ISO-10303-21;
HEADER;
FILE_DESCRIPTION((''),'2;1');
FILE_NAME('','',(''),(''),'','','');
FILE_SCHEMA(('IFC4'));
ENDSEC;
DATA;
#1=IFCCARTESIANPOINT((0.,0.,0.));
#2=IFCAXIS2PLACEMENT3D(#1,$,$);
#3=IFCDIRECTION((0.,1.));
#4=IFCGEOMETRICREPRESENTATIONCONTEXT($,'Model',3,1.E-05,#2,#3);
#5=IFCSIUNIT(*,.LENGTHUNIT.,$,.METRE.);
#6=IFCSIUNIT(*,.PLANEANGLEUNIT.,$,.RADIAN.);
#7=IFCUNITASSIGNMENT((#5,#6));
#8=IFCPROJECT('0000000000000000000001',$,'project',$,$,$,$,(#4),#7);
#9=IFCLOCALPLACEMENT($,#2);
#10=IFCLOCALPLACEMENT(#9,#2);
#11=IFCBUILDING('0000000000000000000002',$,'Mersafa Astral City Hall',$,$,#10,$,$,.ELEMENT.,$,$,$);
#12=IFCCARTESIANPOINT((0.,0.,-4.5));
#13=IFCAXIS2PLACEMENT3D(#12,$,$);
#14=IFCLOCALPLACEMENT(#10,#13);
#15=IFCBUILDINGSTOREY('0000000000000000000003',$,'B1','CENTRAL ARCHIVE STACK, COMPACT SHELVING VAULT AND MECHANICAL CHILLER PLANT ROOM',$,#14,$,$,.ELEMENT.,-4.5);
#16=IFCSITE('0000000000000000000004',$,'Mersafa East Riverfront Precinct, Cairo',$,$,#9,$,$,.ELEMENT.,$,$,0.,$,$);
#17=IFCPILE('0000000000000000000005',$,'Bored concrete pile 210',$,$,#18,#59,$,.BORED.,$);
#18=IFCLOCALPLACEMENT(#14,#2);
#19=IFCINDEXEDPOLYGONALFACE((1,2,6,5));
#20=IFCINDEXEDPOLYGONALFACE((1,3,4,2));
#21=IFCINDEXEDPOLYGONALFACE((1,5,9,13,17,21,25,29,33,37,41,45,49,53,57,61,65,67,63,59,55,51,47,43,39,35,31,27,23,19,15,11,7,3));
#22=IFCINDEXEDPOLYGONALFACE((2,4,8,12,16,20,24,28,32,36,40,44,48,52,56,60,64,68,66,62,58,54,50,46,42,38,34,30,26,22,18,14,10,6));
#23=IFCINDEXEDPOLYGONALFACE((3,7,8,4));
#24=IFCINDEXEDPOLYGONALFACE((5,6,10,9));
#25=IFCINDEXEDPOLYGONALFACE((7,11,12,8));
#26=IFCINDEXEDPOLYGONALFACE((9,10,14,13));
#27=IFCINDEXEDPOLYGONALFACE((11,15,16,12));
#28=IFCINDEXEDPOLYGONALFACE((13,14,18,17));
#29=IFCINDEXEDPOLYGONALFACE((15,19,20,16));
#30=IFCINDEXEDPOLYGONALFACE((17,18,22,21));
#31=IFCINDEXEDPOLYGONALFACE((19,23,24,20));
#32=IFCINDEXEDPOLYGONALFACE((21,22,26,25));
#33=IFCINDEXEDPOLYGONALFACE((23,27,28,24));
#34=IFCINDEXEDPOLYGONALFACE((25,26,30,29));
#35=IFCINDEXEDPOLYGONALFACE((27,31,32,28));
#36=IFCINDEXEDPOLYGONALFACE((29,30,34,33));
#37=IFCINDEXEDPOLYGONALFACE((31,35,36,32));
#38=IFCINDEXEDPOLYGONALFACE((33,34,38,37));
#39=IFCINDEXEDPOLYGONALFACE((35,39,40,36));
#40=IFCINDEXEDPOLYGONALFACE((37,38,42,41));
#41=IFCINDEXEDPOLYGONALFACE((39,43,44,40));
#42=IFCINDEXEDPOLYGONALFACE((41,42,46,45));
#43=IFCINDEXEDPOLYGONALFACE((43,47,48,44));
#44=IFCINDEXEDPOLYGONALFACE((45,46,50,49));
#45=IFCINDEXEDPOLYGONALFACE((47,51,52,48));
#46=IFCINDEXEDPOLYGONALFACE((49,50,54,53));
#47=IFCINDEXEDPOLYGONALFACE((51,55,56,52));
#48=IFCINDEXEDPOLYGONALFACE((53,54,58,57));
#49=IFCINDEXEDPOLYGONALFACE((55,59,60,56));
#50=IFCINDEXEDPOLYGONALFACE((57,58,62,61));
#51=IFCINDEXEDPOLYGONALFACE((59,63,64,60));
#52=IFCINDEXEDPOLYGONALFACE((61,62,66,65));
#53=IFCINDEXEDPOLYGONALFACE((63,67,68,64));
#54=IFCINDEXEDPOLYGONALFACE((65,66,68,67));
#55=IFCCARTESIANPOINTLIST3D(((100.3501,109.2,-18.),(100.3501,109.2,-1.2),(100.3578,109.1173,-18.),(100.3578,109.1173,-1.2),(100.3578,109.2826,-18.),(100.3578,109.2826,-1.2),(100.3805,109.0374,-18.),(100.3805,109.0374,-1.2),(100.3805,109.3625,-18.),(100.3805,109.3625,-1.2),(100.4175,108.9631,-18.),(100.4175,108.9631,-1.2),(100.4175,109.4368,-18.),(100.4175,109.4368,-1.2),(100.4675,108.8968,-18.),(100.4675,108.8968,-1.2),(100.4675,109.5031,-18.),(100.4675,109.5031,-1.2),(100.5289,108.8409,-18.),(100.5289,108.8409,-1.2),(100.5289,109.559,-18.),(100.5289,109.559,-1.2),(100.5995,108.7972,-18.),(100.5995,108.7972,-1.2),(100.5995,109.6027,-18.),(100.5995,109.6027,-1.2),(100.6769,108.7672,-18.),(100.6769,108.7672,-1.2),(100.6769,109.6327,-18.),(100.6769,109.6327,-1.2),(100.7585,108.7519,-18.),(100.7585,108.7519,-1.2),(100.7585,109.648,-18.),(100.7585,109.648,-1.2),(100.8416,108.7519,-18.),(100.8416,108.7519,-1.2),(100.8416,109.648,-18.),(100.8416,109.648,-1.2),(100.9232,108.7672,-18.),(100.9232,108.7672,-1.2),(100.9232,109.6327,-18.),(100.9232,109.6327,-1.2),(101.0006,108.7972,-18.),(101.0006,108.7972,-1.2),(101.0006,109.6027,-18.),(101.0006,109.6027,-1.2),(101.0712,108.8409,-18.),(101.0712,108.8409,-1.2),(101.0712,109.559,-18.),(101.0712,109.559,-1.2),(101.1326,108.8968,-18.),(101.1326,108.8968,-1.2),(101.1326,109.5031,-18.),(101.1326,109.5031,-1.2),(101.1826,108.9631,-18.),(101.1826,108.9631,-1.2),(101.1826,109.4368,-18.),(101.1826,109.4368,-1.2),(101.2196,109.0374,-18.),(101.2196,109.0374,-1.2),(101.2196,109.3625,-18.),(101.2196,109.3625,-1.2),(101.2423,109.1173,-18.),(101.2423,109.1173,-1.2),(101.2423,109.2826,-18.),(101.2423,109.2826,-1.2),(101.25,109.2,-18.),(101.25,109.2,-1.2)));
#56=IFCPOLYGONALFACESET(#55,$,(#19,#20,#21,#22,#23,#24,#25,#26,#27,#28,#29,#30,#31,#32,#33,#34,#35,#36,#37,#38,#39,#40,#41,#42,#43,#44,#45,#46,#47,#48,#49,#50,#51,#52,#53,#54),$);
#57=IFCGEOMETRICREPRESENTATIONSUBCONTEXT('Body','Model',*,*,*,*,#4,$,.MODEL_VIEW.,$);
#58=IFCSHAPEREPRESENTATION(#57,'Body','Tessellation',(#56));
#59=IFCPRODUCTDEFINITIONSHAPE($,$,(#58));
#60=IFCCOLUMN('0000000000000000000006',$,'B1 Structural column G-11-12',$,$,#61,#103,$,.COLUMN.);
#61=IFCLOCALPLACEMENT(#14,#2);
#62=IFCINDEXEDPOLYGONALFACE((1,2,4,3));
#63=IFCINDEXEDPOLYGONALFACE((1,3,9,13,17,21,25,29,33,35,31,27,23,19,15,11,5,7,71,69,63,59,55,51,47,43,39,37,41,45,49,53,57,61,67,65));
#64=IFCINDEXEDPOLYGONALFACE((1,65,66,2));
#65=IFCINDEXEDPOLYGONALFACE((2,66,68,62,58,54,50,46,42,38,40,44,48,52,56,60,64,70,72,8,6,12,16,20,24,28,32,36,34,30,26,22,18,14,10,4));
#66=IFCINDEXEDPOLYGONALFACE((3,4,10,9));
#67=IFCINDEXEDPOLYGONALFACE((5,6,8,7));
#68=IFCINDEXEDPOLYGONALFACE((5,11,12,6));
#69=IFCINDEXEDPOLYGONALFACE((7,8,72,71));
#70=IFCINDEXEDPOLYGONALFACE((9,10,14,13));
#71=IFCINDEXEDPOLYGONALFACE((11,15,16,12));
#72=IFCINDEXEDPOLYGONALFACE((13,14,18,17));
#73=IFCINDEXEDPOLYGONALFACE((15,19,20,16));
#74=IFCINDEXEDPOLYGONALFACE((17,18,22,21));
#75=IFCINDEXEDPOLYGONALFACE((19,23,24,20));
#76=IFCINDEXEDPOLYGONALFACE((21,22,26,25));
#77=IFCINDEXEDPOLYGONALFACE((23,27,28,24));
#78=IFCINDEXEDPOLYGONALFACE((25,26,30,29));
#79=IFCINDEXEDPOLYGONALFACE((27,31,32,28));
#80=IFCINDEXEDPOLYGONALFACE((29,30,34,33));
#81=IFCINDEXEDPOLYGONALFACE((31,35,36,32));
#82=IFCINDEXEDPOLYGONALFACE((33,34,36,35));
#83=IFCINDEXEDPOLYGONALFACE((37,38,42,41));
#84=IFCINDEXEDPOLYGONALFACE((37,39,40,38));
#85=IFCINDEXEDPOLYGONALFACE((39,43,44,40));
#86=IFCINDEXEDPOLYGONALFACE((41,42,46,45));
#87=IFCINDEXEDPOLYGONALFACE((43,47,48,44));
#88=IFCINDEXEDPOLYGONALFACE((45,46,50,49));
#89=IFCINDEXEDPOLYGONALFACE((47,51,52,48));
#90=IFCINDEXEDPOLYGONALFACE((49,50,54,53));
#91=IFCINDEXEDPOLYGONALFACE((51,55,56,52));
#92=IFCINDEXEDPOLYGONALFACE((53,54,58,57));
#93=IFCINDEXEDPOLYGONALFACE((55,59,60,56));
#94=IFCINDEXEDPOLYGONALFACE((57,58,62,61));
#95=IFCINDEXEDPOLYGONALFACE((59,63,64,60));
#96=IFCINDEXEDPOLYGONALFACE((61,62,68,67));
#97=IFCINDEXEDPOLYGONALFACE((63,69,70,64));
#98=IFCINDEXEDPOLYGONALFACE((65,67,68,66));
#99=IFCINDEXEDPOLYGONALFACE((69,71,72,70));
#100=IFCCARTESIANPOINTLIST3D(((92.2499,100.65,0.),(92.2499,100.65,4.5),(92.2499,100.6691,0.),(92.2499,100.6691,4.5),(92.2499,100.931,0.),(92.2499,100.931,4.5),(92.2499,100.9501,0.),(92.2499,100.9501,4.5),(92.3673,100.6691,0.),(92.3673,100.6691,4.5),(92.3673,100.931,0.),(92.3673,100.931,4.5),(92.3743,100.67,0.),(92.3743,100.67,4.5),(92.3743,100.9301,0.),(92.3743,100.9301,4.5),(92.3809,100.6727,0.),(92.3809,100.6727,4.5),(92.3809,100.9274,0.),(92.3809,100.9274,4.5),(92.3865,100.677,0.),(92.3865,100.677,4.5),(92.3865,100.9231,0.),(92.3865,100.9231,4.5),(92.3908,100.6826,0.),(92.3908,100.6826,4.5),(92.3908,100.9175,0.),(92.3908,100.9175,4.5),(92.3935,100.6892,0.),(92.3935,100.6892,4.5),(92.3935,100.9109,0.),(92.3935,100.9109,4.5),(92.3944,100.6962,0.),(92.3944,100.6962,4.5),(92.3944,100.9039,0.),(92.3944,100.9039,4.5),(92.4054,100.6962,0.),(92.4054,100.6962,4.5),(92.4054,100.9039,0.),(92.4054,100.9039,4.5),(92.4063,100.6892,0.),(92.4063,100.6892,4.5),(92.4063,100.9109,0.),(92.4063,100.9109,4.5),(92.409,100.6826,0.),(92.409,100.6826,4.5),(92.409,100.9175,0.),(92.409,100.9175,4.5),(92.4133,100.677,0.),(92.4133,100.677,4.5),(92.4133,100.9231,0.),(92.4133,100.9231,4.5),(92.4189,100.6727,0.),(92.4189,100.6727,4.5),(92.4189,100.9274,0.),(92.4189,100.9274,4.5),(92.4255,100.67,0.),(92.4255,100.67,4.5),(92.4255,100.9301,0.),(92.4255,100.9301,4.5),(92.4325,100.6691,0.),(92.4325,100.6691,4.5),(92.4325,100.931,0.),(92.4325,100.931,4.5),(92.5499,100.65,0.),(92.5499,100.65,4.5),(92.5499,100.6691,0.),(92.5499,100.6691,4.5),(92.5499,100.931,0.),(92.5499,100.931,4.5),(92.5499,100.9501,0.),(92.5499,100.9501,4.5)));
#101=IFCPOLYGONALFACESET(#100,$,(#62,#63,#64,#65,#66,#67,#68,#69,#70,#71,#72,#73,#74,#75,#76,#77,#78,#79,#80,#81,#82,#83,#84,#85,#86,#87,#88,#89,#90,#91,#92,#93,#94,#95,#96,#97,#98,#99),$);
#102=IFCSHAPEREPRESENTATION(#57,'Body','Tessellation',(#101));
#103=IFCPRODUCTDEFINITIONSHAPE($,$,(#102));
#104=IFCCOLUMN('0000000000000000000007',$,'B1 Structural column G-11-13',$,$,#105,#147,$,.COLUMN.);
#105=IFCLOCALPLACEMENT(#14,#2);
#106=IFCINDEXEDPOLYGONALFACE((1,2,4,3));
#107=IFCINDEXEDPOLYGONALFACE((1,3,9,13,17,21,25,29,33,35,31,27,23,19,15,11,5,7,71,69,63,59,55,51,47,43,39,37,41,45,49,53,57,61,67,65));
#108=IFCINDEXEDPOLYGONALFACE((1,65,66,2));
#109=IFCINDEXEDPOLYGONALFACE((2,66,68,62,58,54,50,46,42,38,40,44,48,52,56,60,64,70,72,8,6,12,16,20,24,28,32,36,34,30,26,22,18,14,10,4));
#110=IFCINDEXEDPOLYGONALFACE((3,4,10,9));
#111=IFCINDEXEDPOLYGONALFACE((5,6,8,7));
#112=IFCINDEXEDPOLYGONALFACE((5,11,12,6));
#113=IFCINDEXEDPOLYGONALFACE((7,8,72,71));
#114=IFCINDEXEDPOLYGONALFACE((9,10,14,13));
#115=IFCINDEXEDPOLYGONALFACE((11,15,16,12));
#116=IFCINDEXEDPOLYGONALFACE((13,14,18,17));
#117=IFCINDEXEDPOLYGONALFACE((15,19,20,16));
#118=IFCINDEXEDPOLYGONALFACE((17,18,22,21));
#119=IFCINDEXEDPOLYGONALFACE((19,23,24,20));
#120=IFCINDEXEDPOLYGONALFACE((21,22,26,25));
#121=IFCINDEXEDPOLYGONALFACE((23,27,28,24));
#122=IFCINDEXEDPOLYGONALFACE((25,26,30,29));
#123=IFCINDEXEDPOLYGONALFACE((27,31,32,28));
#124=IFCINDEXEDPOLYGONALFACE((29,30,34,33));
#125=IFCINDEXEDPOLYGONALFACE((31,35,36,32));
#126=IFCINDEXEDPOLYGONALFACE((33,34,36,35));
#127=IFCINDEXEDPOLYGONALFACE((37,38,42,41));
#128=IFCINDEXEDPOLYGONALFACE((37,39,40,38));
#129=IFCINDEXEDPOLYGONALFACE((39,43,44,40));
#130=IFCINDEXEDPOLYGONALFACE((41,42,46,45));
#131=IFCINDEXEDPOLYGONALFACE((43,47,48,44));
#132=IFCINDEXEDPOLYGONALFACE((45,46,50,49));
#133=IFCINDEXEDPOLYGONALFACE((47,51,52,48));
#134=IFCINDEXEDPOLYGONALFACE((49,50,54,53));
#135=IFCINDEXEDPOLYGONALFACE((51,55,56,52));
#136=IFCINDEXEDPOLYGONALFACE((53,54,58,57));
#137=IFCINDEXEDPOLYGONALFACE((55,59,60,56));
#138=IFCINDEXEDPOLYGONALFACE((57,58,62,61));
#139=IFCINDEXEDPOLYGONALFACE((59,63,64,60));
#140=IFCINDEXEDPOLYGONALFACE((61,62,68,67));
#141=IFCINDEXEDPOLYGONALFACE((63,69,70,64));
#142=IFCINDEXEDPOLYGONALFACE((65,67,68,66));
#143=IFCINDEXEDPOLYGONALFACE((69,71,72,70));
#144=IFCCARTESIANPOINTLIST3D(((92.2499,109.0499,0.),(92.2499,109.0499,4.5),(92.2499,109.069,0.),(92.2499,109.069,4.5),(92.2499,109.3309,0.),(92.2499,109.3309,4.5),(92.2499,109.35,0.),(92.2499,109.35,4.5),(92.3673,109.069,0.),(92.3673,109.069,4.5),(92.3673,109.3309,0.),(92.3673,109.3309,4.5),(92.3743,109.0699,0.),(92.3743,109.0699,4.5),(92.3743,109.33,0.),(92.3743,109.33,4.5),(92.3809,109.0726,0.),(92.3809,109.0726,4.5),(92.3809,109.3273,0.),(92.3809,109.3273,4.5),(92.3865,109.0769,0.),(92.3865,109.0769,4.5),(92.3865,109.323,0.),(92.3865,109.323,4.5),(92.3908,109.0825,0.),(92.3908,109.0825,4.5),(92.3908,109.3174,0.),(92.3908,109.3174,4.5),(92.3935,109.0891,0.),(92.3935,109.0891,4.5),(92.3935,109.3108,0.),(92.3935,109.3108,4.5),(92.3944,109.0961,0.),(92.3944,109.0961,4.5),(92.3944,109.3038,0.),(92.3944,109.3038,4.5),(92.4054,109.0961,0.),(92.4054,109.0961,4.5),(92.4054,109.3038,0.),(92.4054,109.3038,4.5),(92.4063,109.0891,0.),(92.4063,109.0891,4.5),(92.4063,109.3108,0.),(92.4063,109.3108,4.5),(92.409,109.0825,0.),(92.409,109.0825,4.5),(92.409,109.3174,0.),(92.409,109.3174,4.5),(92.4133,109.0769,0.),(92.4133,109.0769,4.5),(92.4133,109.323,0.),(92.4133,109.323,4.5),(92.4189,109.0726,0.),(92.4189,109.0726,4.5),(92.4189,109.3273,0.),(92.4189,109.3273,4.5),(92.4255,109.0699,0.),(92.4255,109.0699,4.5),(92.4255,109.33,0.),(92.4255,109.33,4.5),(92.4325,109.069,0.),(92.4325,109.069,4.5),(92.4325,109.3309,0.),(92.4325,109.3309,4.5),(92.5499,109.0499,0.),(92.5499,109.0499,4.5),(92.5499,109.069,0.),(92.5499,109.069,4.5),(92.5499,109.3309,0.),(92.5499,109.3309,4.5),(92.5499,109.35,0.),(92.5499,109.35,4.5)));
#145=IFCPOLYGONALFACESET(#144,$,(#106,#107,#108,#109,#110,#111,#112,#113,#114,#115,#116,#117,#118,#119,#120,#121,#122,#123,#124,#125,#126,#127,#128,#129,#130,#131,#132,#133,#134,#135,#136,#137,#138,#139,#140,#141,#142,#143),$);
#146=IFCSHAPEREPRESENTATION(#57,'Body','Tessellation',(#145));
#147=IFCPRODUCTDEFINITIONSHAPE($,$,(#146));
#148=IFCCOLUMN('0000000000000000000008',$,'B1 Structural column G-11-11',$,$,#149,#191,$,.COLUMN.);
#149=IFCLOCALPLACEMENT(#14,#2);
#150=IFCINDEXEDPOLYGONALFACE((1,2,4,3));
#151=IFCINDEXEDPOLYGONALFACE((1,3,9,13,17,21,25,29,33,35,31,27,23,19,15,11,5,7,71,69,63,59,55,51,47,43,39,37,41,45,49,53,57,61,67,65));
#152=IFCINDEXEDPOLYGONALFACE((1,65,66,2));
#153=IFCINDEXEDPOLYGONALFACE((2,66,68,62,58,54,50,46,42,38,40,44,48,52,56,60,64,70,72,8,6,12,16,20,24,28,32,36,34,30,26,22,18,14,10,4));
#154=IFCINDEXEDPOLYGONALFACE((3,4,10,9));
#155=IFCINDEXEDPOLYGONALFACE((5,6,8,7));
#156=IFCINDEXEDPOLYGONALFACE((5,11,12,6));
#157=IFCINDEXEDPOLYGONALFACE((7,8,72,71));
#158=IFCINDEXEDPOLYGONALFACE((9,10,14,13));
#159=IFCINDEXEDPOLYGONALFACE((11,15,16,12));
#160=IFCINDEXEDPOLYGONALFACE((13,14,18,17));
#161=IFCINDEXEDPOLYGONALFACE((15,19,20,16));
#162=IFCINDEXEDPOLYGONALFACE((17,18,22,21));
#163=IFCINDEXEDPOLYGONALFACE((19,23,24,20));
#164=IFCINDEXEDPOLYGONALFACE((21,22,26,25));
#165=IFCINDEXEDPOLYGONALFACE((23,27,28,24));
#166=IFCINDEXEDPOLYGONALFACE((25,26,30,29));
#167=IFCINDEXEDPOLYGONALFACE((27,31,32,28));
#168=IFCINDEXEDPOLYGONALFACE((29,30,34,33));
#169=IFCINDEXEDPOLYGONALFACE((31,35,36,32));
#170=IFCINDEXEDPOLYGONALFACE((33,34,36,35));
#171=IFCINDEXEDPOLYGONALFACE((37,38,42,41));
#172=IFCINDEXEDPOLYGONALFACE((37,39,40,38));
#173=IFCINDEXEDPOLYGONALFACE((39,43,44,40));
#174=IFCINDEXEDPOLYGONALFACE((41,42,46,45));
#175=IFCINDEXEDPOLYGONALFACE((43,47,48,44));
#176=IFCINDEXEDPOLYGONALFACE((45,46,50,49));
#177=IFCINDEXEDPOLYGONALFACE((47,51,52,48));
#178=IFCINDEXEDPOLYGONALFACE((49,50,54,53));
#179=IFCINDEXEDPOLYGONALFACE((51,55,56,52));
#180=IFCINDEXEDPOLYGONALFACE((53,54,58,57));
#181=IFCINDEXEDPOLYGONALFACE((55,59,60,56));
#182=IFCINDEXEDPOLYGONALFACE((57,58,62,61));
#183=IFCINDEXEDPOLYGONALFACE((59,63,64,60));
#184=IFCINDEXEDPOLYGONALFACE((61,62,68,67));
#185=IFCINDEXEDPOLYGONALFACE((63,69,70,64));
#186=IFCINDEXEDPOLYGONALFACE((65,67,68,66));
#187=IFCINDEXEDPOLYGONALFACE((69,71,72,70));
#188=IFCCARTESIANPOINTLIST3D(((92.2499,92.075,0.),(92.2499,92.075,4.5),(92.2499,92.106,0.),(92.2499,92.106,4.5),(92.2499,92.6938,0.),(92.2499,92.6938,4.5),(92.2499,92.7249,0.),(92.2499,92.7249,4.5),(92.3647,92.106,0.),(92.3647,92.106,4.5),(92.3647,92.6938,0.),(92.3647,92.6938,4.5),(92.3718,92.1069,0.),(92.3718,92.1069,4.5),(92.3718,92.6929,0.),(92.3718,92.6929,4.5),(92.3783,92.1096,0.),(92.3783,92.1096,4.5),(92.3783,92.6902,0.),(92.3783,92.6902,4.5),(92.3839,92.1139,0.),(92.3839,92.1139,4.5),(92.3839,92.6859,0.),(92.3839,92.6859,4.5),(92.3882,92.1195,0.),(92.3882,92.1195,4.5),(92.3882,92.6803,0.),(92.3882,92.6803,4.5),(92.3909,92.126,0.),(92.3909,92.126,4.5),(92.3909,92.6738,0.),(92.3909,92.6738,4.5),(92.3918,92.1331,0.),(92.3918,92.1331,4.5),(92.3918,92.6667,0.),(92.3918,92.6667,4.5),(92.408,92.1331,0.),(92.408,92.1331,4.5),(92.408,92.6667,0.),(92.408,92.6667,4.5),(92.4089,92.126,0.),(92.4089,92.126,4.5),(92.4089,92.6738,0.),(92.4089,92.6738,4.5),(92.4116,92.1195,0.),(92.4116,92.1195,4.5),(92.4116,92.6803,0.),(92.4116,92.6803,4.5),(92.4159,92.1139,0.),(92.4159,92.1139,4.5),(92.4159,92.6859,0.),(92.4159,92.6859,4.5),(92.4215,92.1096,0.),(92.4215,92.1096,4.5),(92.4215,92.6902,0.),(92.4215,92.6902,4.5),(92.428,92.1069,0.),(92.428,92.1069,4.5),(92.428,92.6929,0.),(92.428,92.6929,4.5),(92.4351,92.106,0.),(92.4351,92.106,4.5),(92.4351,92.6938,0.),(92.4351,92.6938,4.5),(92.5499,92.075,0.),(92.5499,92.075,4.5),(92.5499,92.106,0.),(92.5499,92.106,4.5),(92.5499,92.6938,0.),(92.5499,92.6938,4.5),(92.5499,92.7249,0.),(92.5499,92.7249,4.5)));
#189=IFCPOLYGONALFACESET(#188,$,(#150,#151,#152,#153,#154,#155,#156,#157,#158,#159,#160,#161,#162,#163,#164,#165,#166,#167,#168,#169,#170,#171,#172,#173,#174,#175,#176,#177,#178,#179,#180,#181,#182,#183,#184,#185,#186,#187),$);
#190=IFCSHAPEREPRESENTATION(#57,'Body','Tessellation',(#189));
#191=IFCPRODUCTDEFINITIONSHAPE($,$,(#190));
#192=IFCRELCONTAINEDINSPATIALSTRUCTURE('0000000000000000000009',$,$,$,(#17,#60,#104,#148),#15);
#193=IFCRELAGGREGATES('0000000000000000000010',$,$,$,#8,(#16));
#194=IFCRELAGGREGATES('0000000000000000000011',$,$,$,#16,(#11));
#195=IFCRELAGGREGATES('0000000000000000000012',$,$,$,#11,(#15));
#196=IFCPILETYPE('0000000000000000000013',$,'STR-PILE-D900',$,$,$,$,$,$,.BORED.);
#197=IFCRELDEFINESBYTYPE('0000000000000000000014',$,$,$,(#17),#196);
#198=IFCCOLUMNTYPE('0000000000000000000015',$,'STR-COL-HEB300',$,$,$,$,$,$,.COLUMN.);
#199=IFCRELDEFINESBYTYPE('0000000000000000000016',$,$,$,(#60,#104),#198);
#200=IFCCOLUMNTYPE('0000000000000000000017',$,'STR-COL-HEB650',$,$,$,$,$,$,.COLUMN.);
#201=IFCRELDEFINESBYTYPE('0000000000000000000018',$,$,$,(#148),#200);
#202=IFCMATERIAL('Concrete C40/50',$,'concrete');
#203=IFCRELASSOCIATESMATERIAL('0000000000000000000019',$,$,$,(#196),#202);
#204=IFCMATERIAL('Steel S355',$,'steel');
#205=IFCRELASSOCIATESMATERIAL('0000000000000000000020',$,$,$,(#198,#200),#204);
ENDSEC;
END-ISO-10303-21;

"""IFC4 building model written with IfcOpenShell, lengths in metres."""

from ifc_helpers import new_model, si_unit, direction, frame, origin, origin_2d, place, context, subcontext, project, spatial, circle, i_section, extrude, material, material_profile, profile_set, type_object, element, save


model = new_model("IFC4")

# Units and contexts
model_context = context("Model", 3, precision=1e-05, world=origin(), true_north=direction((0.0, 1.0)))
body_context = subcontext(model_context, "Body", "Model", "MODEL_VIEW")
ifc_project = project(units=[si_unit("LENGTHUNIT", "METRE"), si_unit("PLANEANGLEUNIT", "RADIAN")], contexts=[model_context])

# Site, building, storey
site_placement = place(None, origin())
site = spatial("IfcSite", under=ifc_project, at=site_placement, Name="Mersafa East Riverfront Precinct, Cairo", CompositionType="ELEMENT", RefElevation=0.0)
building_placement = place(site_placement, origin())
building = spatial("IfcBuilding", under=site, at=building_placement, Name="Mersafa Astral City Hall", CompositionType="ELEMENT")
storey_placement = place(building_placement, frame((0.0, 0.0, -4.5)))
storey = spatial("IfcBuildingStorey", under=building, at=storey_placement, Name="B1", Description="CENTRAL ARCHIVE STACK, COMPACT SHELVING VAULT AND MECHANICAL CHILLER PLANT ROOM", CompositionType="ELEMENT", Elevation=-4.5)

# Shared definitions
ifc_material_1 = material(Name="Concrete C40/50", Category="concrete")

# Pile
ifc_material_profile_1 = material_profile(ifc_material_1, circle(Radius=0.45, at=origin_2d()), Name="PILE D900")
ifc_profile_set_1 = profile_set([ifc_material_profile_1], Name="Concrete C40/50")
pile_type_1 = type_object("IfcPileType", Name="STR-PILE-D900", PredefinedType="BORED", material=ifc_profile_set_1)
for number, where, z_axis, x_axis, name in (
    (1, (100.8, 109.2, -1.2), (0.0, 0.0, -1.0), (1.0, 0.0, 0.0), "Bored concrete pile 210"),
):
    element("IfcPile", number, at=place(storey_placement, frame(where, z_axis=z_axis, x_axis=x_axis)), inside=storey, type_object=pile_type_1, Name=name, PredefinedType="BORED", context=body_context, shape_type="SweptSolid", body=[
        extrude(circle(Radius=0.45, at=origin_2d()), origin(), (0.0, 0.0, 1.0), 16.8),
    ])

# Columns
ifc_material_2 = material(Name="Steel S355", Category="steel")
ifc_material_profile_2 = material_profile(ifc_material_2, i_section(OverallWidth=0.3, OverallDepth=0.3, WebThickness=0.011, FlangeThickness=0.019, FilletRadius=0.0271, at=origin_2d()), Name="HEB 300")
ifc_profile_set_2 = profile_set([ifc_material_profile_2], Name="Steel S355")
column_type_1 = type_object("IfcColumnType", Name="STR-COL-HEB300", PredefinedType="COLUMN", material=ifc_profile_set_2)
for number, where, z_axis, x_axis, name in (
    (2, (92.3999, 100.8, 0.0), (0.0, 0.0, 1.0), (1.0, 0.0, 0.0), "B1 Structural column G-11-12"),
    (3, (92.3999, 109.2, 0.0), (0.0, 0.0, 1.0), (1.0, 0.0, 0.0), "B1 Structural column G-11-13"),
):
    element("IfcColumn", number, at=place(storey_placement, frame(where, z_axis=z_axis, x_axis=x_axis)), inside=storey, type_object=column_type_1, Name=name, PredefinedType="COLUMN", context=body_context, shape_type="SweptSolid", body=[
        extrude(i_section(OverallWidth=0.3, OverallDepth=0.3, WebThickness=0.011, FlangeThickness=0.019, FilletRadius=0.0271, at=origin_2d()), origin(), (0.0, 0.0, 1.0), 4.5),
    ])
ifc_material_profile_3 = material_profile(ifc_material_2, i_section(OverallWidth=0.3, OverallDepth=0.6499, WebThickness=0.0161, FlangeThickness=0.031, FilletRadius=0.0271, at=origin_2d()), Name="HEB 650")
ifc_profile_set_3 = profile_set([ifc_material_profile_3], Name="Steel S355")
column_type_2 = type_object("IfcColumnType", Name="STR-COL-HEB650", PredefinedType="COLUMN", material=ifc_profile_set_3)
column_placement = place(storey_placement, frame((92.3999, 92.3999, 0.0), z_axis=(0.0, 0.0, 1.0), x_axis=(1.0, 0.0, 0.0)))
element("IfcColumn", 4, at=column_placement, inside=storey, type_object=column_type_2, Name="B1 Structural column G-11-11", PredefinedType="COLUMN", context=body_context, shape_type="SweptSolid", body=[
    extrude(i_section(OverallWidth=0.3, OverallDepth=0.6499, WebThickness=0.0161, FlangeThickness=0.031, FilletRadius=0.0271, at=origin_2d()), origin(), (0.0, 0.0, 1.0), 4.5),
])

save(model, "model.ifc")
